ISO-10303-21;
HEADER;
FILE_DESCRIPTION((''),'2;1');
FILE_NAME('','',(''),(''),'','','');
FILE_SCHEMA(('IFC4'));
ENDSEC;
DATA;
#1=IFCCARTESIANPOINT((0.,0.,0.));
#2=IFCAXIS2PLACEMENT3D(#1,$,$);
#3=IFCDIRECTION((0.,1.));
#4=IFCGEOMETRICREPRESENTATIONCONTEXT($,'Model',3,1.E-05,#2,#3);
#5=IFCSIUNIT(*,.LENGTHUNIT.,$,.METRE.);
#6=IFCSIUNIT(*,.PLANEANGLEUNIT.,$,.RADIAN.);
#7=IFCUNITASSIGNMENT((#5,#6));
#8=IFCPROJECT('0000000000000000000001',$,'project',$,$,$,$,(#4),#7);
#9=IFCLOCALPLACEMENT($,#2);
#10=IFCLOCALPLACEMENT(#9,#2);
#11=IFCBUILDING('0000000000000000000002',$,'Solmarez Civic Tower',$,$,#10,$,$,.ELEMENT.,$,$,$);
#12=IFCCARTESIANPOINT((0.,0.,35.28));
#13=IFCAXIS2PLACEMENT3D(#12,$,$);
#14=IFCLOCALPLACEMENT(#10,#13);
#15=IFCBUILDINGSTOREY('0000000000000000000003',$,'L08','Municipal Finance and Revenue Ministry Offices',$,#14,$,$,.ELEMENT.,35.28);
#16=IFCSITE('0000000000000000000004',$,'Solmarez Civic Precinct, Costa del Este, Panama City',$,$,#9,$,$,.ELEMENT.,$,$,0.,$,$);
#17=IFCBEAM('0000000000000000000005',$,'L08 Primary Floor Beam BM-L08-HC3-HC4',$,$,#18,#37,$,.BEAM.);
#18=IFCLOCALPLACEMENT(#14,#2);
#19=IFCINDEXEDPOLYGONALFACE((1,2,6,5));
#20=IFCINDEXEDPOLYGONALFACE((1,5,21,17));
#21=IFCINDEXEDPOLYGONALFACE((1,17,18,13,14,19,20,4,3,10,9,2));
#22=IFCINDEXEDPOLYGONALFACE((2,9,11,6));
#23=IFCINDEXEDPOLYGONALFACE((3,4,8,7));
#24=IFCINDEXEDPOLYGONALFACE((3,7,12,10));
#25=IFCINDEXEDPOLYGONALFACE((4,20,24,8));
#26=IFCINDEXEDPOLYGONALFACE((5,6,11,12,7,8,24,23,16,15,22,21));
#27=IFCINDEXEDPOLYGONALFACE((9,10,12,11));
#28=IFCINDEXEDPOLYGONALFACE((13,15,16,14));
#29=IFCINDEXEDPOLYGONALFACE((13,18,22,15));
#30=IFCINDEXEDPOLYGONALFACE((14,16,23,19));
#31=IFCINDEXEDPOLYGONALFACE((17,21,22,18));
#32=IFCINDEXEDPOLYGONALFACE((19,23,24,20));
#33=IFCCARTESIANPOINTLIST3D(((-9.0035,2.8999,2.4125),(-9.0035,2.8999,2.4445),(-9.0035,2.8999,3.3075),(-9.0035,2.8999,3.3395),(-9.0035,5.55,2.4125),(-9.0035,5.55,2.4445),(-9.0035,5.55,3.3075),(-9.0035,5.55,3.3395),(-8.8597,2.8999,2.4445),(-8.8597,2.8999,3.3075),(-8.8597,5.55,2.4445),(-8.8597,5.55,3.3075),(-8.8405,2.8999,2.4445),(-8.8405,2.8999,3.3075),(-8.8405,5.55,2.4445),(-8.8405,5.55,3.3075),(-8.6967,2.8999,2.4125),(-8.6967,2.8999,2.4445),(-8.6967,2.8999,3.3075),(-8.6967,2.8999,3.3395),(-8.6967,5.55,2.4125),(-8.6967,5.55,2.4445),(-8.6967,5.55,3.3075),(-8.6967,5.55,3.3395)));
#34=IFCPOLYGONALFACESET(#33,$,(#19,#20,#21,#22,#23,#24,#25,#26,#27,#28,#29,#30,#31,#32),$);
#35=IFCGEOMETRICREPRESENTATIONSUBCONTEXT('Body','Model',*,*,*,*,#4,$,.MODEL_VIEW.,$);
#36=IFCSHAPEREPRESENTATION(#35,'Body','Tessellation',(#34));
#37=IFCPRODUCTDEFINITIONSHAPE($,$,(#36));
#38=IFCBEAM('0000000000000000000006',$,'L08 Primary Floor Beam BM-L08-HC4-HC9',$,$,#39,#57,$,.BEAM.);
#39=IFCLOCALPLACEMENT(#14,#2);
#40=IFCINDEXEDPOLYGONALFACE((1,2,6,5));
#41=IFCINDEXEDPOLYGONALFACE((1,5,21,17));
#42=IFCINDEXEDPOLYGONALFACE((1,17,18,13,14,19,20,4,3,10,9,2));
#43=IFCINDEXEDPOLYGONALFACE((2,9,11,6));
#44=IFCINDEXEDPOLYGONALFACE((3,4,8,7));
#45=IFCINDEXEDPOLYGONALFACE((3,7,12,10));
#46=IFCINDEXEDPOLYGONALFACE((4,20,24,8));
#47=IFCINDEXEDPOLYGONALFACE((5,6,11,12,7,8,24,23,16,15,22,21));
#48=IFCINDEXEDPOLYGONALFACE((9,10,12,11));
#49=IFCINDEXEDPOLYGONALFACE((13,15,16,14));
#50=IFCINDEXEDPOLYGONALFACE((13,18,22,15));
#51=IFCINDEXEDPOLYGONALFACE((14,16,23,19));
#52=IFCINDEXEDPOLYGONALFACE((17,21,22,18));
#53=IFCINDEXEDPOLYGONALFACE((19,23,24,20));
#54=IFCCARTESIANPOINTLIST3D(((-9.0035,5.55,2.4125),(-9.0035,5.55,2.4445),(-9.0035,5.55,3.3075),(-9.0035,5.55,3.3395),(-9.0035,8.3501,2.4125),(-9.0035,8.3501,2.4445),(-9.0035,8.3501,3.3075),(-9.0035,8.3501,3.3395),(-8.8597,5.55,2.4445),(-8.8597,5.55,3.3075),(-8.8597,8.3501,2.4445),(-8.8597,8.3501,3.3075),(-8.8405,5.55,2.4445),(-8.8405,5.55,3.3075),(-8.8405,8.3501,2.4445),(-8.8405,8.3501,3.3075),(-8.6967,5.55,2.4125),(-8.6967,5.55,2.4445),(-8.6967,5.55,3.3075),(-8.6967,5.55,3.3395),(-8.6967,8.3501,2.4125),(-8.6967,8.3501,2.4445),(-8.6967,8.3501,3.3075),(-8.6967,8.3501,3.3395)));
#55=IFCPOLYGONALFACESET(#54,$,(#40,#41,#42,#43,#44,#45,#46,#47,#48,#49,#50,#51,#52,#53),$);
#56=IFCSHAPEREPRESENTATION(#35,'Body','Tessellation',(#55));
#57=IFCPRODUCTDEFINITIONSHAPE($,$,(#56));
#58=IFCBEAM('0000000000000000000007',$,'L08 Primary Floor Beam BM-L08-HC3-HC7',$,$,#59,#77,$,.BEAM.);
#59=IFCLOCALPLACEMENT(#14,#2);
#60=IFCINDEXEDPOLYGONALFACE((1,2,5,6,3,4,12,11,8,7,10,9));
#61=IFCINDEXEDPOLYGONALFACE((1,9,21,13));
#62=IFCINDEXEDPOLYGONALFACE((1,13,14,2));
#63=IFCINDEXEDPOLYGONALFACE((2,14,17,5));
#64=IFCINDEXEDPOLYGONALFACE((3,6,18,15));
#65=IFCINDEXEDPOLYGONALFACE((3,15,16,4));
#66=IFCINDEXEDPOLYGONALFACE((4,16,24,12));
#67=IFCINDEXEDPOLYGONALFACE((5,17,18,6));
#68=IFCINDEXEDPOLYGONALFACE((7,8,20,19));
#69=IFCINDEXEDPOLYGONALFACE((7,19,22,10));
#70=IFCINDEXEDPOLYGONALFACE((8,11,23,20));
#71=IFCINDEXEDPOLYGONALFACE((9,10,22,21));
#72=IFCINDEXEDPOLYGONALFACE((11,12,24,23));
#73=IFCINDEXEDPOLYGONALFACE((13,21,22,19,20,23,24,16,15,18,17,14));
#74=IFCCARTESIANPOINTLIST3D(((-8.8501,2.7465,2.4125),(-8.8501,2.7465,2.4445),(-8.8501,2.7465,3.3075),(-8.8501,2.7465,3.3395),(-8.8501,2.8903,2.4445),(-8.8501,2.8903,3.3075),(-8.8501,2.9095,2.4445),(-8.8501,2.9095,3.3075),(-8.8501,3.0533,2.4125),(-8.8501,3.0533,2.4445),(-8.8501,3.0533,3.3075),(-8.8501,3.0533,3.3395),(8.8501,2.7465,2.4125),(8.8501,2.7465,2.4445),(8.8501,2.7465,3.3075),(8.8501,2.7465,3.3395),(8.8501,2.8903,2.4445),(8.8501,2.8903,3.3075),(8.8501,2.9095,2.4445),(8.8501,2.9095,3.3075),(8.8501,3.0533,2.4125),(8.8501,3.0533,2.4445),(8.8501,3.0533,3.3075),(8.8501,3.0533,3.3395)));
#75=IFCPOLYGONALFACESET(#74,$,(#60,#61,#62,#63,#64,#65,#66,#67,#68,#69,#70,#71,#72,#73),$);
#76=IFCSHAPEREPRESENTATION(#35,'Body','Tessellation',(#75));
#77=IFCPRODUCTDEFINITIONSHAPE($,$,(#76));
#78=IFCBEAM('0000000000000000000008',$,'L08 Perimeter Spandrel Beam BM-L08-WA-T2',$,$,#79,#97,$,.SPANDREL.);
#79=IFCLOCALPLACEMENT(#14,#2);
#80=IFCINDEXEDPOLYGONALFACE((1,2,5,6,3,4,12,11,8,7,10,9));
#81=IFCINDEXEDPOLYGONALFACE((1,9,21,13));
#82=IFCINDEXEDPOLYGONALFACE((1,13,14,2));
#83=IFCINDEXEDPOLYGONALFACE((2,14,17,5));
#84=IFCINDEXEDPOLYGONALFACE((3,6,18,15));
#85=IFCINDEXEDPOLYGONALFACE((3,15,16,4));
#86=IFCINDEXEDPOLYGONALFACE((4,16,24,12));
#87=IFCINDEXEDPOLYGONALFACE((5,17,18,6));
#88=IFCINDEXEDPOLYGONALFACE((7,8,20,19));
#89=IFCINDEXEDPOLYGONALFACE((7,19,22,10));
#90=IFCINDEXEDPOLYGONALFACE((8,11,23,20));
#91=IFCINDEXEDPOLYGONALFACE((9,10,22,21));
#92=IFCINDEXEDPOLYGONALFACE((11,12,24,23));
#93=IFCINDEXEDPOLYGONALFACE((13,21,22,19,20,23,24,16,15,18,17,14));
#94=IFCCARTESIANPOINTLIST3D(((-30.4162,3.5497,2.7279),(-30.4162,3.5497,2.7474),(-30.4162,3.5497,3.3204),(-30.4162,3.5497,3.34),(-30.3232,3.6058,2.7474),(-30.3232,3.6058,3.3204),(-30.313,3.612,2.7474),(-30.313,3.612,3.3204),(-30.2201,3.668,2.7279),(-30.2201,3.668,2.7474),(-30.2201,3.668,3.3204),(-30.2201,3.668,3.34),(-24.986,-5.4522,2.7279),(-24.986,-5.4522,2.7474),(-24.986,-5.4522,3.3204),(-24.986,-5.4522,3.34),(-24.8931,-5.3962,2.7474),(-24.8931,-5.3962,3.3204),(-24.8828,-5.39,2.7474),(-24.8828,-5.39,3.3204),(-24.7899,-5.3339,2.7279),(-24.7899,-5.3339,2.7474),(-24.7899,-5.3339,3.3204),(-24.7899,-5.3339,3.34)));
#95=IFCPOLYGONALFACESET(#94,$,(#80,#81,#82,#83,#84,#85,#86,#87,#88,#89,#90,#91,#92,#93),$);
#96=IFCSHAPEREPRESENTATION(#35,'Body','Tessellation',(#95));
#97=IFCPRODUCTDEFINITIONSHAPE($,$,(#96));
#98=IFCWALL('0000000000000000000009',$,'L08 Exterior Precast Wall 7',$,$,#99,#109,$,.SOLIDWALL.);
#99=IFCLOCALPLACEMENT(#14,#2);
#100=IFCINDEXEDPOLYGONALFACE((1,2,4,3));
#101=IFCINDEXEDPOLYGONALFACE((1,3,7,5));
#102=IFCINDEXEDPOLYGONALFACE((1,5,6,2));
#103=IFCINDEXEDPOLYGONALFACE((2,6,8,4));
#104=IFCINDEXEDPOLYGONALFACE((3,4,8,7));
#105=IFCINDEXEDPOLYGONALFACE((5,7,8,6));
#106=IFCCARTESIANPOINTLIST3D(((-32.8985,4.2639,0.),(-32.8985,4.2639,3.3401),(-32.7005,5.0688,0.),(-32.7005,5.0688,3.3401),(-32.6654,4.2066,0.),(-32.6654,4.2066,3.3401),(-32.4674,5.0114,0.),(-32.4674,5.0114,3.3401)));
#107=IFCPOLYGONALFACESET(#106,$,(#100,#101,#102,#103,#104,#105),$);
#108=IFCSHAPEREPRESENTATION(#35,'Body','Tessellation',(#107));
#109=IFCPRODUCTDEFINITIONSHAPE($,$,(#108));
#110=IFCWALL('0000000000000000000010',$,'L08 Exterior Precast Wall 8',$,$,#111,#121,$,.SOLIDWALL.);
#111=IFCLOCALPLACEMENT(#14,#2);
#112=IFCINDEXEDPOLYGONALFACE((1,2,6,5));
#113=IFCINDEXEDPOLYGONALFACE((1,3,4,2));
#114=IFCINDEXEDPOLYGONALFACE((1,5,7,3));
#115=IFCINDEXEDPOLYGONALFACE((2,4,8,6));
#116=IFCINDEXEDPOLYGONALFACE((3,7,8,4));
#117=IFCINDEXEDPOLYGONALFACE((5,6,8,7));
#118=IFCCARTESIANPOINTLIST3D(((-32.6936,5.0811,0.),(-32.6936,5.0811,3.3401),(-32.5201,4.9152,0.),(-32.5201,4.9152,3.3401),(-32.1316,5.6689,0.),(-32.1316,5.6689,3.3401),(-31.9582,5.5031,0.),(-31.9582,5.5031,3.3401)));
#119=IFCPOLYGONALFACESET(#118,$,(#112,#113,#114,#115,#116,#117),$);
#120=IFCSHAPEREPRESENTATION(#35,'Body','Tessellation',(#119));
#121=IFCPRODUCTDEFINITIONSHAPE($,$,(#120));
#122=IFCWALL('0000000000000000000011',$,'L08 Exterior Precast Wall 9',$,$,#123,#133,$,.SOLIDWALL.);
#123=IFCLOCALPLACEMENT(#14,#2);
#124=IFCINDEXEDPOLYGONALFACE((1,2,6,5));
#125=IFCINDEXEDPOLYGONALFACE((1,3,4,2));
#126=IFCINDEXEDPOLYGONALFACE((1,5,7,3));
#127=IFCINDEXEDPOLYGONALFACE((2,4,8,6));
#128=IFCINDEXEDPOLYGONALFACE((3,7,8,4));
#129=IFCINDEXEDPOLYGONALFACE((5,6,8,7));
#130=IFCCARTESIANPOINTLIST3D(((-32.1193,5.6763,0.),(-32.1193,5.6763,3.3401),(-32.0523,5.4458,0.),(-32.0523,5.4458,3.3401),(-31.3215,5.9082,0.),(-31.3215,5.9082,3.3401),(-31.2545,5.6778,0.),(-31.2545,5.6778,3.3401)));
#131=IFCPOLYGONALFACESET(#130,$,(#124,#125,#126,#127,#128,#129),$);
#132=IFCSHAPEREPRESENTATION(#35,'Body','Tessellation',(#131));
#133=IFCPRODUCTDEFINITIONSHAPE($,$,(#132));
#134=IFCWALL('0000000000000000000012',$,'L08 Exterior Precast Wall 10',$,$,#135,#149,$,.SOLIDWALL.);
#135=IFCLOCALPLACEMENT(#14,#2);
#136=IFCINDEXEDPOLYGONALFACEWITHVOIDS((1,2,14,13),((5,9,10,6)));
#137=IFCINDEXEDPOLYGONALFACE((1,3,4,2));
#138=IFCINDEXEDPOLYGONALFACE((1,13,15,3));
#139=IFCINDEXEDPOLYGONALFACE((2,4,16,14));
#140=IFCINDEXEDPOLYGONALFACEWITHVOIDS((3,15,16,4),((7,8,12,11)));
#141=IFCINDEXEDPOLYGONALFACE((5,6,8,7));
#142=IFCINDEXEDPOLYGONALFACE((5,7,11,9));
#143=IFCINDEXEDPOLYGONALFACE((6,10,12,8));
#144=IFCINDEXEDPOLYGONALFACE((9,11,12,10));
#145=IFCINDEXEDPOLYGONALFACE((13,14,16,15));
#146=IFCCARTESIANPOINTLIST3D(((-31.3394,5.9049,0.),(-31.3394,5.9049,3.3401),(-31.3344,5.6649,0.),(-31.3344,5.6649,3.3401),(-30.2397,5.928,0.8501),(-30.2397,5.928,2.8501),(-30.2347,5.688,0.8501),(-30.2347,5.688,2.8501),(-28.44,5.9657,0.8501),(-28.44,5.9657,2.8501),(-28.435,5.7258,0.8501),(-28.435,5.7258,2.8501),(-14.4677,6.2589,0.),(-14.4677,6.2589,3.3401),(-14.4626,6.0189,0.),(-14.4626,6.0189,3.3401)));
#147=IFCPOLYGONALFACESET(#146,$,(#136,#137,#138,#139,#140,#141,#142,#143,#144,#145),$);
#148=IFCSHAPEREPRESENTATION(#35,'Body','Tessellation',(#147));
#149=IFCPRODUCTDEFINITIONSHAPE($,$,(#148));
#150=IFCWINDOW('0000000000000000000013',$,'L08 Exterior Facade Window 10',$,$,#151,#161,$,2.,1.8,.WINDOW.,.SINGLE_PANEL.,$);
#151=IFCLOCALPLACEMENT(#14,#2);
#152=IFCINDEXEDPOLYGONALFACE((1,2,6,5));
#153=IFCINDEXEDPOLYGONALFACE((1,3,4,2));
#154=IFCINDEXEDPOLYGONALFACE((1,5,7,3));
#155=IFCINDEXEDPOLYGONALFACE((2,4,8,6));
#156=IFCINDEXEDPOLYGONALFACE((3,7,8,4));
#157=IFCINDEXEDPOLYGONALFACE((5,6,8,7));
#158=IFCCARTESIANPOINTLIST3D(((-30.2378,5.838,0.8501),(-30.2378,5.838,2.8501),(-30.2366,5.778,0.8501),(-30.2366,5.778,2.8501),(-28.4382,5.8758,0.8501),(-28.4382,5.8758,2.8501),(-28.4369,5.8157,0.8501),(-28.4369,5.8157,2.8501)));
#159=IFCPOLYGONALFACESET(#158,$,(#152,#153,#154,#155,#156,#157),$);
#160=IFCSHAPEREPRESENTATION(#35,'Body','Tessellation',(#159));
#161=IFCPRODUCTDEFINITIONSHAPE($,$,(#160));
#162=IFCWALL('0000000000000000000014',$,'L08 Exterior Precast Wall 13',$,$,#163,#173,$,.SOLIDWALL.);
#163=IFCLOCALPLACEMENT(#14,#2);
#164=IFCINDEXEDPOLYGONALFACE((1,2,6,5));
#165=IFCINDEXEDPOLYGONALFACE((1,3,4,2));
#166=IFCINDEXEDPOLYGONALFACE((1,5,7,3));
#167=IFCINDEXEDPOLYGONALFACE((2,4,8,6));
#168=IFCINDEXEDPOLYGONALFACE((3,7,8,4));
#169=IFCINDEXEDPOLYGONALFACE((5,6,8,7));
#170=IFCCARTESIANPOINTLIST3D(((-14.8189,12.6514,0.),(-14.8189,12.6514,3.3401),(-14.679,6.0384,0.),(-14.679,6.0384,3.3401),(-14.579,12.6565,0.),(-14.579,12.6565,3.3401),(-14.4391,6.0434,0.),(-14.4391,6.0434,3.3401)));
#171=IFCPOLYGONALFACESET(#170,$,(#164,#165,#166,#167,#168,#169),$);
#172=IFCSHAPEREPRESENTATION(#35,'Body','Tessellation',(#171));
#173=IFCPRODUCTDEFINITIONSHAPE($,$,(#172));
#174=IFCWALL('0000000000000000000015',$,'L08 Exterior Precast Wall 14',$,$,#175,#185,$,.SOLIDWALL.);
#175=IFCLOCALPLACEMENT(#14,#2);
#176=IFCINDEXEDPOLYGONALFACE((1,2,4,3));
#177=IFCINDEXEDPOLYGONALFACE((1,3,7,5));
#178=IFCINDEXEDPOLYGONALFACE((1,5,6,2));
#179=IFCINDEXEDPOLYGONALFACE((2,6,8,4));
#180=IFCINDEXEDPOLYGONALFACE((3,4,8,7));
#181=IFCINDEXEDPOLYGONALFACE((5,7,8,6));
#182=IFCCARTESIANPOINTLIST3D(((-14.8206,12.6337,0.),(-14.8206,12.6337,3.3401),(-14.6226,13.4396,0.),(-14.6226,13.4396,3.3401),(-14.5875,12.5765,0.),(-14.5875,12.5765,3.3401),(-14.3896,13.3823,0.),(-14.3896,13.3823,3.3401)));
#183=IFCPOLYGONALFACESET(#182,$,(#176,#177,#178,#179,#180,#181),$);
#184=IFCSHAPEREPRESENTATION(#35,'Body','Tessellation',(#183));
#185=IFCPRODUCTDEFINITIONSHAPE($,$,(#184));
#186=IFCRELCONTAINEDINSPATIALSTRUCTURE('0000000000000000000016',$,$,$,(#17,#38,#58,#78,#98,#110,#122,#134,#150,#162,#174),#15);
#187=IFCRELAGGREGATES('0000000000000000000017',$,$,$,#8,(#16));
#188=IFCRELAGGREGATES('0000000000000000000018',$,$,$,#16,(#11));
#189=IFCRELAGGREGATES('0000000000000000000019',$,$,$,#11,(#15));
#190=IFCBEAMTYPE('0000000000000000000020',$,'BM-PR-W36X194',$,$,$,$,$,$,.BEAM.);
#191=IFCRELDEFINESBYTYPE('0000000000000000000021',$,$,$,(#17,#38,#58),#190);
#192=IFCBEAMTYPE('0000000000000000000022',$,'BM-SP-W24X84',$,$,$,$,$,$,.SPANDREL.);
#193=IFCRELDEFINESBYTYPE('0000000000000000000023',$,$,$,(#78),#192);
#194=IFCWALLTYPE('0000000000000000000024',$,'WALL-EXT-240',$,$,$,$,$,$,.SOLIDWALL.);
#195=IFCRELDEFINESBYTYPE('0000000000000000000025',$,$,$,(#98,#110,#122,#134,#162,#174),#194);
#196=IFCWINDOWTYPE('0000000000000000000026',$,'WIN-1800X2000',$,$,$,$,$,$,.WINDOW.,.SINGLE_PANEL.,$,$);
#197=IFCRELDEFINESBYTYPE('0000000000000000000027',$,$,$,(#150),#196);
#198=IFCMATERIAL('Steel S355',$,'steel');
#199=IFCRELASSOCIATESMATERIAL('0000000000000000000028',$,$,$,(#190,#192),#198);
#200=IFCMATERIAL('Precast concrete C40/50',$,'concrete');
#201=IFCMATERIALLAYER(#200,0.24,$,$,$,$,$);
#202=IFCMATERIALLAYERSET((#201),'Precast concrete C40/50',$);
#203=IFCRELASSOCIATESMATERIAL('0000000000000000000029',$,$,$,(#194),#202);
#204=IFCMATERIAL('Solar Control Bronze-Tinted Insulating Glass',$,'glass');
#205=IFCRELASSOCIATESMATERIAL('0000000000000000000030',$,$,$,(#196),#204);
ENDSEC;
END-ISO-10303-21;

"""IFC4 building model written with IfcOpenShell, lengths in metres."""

from ifc_helpers import new_model, si_unit, direction, frame, frame_2d, origin, origin_2d, place, context, subcontext, project, spatial, rectangle, i_section, extrude, material, layer, layer_set, material_profile, profile_set, type_object, element, fill, save


model = new_model("IFC4")

# Units and contexts
model_context = context("Model", 3, precision=1e-05, world=origin(), true_north=direction((0.0, 1.0)))
body_context = subcontext(model_context, "Body", "Model", "MODEL_VIEW")
ifc_project = project(units=[si_unit("LENGTHUNIT", "METRE"), si_unit("PLANEANGLEUNIT", "RADIAN")], contexts=[model_context])

# Site, building, storey
site_placement = place(None, origin())
site = spatial("IfcSite", under=ifc_project, at=site_placement, Name="Solmarez Civic Precinct, Costa del Este, Panama City", CompositionType="ELEMENT", RefElevation=0.0)
building_placement = place(site_placement, origin())
building = spatial("IfcBuilding", under=site, at=building_placement, Name="Solmarez Civic Tower", CompositionType="ELEMENT")
storey_placement = place(building_placement, frame((0.0, 0.0, 35.28)))
storey = spatial("IfcBuildingStorey", under=building, at=storey_placement, Name="L08", Description="Municipal Finance and Revenue Ministry Offices", CompositionType="ELEMENT", Elevation=35.28)

# Beams
ifc_material_1 = material(Name="Steel S355", Category="steel")
ifc_material_profile_1 = material_profile(ifc_material_1, i_section(OverallWidth=0.3069, OverallDepth=0.927, WebThickness=0.0193, FlangeThickness=0.032, at=origin_2d()), Name="W36X194")
ifc_profile_set_1 = profile_set([ifc_material_profile_1], Name="Steel S355")
beam_type_1 = type_object("IfcBeamType", Name="BM-PR-W36X194", PredefinedType="BEAM", material=ifc_profile_set_1)
beam_1_placement = place(storey_placement, frame((-8.8501, 2.8999, 2.876), z_axis=(0.0, 1.0, 0.0), x_axis=(-1.0, 0.0, 0.0)))
element("IfcBeam", 1, at=beam_1_placement, inside=storey, type_object=beam_type_1, Name="L08 Primary Floor Beam BM-L08-HC3-HC4", PredefinedType="BEAM", context=body_context, shape_type="SweptSolid", body=[
    extrude(i_section(OverallWidth=0.3069, OverallDepth=0.927, WebThickness=0.0193, FlangeThickness=0.032, at=origin_2d()), origin(), (0.0, 0.0, 1.0), 2.6501),
])
beam_2_placement = place(storey_placement, frame((-8.8501, 5.55, 2.876), z_axis=(0.0, 1.0, 0.0), x_axis=(-1.0, 0.0, 0.0)))
element("IfcBeam", 2, at=beam_2_placement, inside=storey, type_object=beam_type_1, Name="L08 Primary Floor Beam BM-L08-HC4-HC9", PredefinedType="BEAM", context=body_context, shape_type="SweptSolid", body=[
    extrude(i_section(OverallWidth=0.3069, OverallDepth=0.927, WebThickness=0.0193, FlangeThickness=0.032, at=origin_2d()), origin(), (0.0, 0.0, 1.0), 2.8),
])
beam_3_placement = place(storey_placement, frame((-8.8501, 2.8999, 2.876), z_axis=(1.0, 0.0, 0.0), x_axis=(0.0, 1.0, 0.0)))
element("IfcBeam", 3, at=beam_3_placement, inside=storey, type_object=beam_type_1, Name="L08 Primary Floor Beam BM-L08-HC3-HC7", PredefinedType="BEAM", context=body_context, shape_type="SweptSolid", body=[
    extrude(i_section(OverallWidth=0.3069, OverallDepth=0.927, WebThickness=0.0193, FlangeThickness=0.032, at=origin_2d()), origin(), (0.0, 0.0, 1.0), 17.7002),
])
ifc_material_profile_2 = material_profile(ifc_material_1, i_section(OverallWidth=0.229, OverallDepth=0.6121, WebThickness=0.012, FlangeThickness=0.0195, at=origin_2d()), Name="W24X84")
ifc_profile_set_2 = profile_set([ifc_material_profile_2], Name="Steel S355")
beam_type_2 = type_object("IfcBeamType", Name="BM-SP-W24X84", PredefinedType="SPANDREL", material=ifc_profile_set_2)
beam_4_placement = place(storey_placement, frame((-30.3181, 3.6089, 3.0339), z_axis=(0.516523, -0.856273, 0.0), x_axis=(0.856273, 0.516523, 0.0)))
element("IfcBeam", 4, at=beam_4_placement, inside=storey, type_object=beam_type_2, Name="L08 Perimeter Spandrel Beam BM-L08-WA-T2", PredefinedType="SPANDREL", context=body_context, shape_type="SweptSolid", body=[
    extrude(i_section(OverallWidth=0.229, OverallDepth=0.6121, WebThickness=0.012, FlangeThickness=0.0195, at=origin_2d()), origin(), (0.0, 0.0, 1.0), 10.5129),
])

# Walls
ifc_material_2 = material(Name="Precast concrete C40/50", Category="concrete")
ifc_layer_1 = layer(ifc_material_2, 0.24)
ifc_layer_set_1 = layer_set([ifc_layer_1], Name="Precast concrete C40/50")
wall_type_1 = type_object("IfcWallType", Name="WALL-EXT-240", PredefinedType="SOLIDWALL", material=ifc_layer_set_1)
wall_1_placement = place(storey_placement, frame((-32.782, 4.2351, 0.0), z_axis=(0.0, 0.0, 1.0), x_axis=(0.238861, 0.971054, 0.0)))
element("IfcWall", 5, at=wall_1_placement, inside=storey, type_object=wall_type_1, Name="L08 Exterior Precast Wall 7", PredefinedType="SOLIDWALL", context=body_context, shape_type="SweptSolid", body=[
    extrude(rectangle(XDim=0.8289, YDim=0.24, at=frame_2d((0.4146, 0.0))), origin(), (0.0, 0.0, 1.0), 3.3401),
])
wall_2_placement = place(storey_placement, frame((-32.6069, 4.998, 0.0), z_axis=(0.0, 0.0, 1.0), x_axis=(0.691018, 0.722837, 0.0)))
element("IfcWall", 6, at=wall_2_placement, inside=storey, type_object=wall_type_1, Name="L08 Exterior Precast Wall 8", PredefinedType="SOLIDWALL", context=body_context, shape_type="SweptSolid", body=[
    extrude(rectangle(XDim=0.8132, YDim=0.24, at=frame_2d((0.4067, 0.0))), origin(), (0.0, 0.0, 1.0), 3.3401),
])
wall_3_placement = place(storey_placement, frame((-32.0859, 5.561, 0.0), z_axis=(0.0, 0.0, 1.0), x_axis=(0.96025, 0.279142, 0.0)))
element("IfcWall", 7, at=wall_3_placement, inside=storey, type_object=wall_type_1, Name="L08 Exterior Precast Wall 9", PredefinedType="SOLIDWALL", context=body_context, shape_type="SweptSolid", body=[
    extrude(rectangle(XDim=0.8308, YDim=0.24, at=frame_2d((0.4155, 0.0))), origin(), (0.0, 0.0, 1.0), 3.3401),
])

# Wall, opening, window
wall_4_placement = place(storey_placement, frame((-31.3369, 5.7849, 0.0), z_axis=(0.0, 0.0, 1.0), x_axis=(0.99978, 0.020977, 0.0)))
wall_4 = element("IfcWall", 8, at=wall_4_placement, inside=storey, type_object=wall_type_1, Name="L08 Exterior Precast Wall 10", PredefinedType="SOLIDWALL", context=body_context, shape_type="SweptSolid", body=[
    extrude(rectangle(XDim=16.8755, YDim=0.24, at=frame_2d((8.4377, 0.0))), origin(), (0.0, 0.0, 1.0), 3.3401),
])
opening_1_placement = place(wall_4_placement, frame((1.1001, 0.0, 0.8501)))
opening_1 = element("IfcOpeningElement", 9, at=opening_1_placement, cuts=wall_4, PredefinedType="OPENING", context=body_context, shape_type="SweptSolid", body=[
    extrude(rectangle(XDim=1.8, YDim=2.0, at=frame_2d((0.8999, 1.0))), frame((0.0, 0.1299, 0.0), z_axis=(0.0, -1.0, 0.0), x_axis=(1.0, 0.0, 0.0)), (0.0, 0.0, 1.0), 0.26),
])
ifc_material_3 = material(Name="Solar Control Bronze-Tinted Insulating Glass", Category="glass")
window_type = type_object("IfcWindowType", Name="WIN-1800X2000", PartitioningType="SINGLE_PANEL", PredefinedType="WINDOW", material=ifc_material_3)
window_placement = place(opening_1_placement, origin())
window = element("IfcWindow", 10, at=window_placement, inside=storey, type_object=window_type, Name="L08 Exterior Facade Window 10", OverallHeight=2.0, OverallWidth=1.8, PartitioningType="SINGLE_PANEL", PredefinedType="WINDOW", context=body_context, shape_type="SweptSolid", body=[
    extrude(rectangle(XDim=1.8, YDim=2.0, at=frame_2d((0.8999, 1.0))), frame((0.0, 0.03, 0.0), z_axis=(0.0, -1.0, 0.0), x_axis=(1.0, 0.0, 0.0)), (0.0, 0.0, 1.0), 0.0601),
])
fill(opening_1, window)

# Walls
wall_5_placement = place(storey_placement, frame((-14.5591, 6.041, 0.0), z_axis=(0.0, 0.0, 1.0), x_axis=(-0.021149, 0.999776, 0.0)))
element("IfcWall", 11, at=wall_5_placement, inside=storey, type_object=wall_type_1, Name="L08 Exterior Precast Wall 13", PredefinedType="SOLIDWALL", context=body_context, shape_type="SweptSolid", body=[
    extrude(rectangle(XDim=6.6145, YDim=0.24, at=frame_2d((3.3071, 0.0))), origin(), (0.0, 0.0, 1.0), 3.3401),
])
wall_6_placement = place(storey_placement, frame((-14.7041, 12.605, 0.0), z_axis=(0.0, 0.0, 1.0), x_axis=(0.238588, 0.971121, 0.0)))
element("IfcWall", 12, at=wall_6_placement, inside=storey, type_object=wall_type_1, Name="L08 Exterior Precast Wall 14", PredefinedType="SOLIDWALL", context=body_context, shape_type="SweptSolid", body=[
    extrude(rectangle(XDim=0.8298, YDim=0.24, at=frame_2d((0.415, 0.0))), origin(), (0.0, 0.0, 1.0), 3.3401),
])

save(model, "model.ifc")
